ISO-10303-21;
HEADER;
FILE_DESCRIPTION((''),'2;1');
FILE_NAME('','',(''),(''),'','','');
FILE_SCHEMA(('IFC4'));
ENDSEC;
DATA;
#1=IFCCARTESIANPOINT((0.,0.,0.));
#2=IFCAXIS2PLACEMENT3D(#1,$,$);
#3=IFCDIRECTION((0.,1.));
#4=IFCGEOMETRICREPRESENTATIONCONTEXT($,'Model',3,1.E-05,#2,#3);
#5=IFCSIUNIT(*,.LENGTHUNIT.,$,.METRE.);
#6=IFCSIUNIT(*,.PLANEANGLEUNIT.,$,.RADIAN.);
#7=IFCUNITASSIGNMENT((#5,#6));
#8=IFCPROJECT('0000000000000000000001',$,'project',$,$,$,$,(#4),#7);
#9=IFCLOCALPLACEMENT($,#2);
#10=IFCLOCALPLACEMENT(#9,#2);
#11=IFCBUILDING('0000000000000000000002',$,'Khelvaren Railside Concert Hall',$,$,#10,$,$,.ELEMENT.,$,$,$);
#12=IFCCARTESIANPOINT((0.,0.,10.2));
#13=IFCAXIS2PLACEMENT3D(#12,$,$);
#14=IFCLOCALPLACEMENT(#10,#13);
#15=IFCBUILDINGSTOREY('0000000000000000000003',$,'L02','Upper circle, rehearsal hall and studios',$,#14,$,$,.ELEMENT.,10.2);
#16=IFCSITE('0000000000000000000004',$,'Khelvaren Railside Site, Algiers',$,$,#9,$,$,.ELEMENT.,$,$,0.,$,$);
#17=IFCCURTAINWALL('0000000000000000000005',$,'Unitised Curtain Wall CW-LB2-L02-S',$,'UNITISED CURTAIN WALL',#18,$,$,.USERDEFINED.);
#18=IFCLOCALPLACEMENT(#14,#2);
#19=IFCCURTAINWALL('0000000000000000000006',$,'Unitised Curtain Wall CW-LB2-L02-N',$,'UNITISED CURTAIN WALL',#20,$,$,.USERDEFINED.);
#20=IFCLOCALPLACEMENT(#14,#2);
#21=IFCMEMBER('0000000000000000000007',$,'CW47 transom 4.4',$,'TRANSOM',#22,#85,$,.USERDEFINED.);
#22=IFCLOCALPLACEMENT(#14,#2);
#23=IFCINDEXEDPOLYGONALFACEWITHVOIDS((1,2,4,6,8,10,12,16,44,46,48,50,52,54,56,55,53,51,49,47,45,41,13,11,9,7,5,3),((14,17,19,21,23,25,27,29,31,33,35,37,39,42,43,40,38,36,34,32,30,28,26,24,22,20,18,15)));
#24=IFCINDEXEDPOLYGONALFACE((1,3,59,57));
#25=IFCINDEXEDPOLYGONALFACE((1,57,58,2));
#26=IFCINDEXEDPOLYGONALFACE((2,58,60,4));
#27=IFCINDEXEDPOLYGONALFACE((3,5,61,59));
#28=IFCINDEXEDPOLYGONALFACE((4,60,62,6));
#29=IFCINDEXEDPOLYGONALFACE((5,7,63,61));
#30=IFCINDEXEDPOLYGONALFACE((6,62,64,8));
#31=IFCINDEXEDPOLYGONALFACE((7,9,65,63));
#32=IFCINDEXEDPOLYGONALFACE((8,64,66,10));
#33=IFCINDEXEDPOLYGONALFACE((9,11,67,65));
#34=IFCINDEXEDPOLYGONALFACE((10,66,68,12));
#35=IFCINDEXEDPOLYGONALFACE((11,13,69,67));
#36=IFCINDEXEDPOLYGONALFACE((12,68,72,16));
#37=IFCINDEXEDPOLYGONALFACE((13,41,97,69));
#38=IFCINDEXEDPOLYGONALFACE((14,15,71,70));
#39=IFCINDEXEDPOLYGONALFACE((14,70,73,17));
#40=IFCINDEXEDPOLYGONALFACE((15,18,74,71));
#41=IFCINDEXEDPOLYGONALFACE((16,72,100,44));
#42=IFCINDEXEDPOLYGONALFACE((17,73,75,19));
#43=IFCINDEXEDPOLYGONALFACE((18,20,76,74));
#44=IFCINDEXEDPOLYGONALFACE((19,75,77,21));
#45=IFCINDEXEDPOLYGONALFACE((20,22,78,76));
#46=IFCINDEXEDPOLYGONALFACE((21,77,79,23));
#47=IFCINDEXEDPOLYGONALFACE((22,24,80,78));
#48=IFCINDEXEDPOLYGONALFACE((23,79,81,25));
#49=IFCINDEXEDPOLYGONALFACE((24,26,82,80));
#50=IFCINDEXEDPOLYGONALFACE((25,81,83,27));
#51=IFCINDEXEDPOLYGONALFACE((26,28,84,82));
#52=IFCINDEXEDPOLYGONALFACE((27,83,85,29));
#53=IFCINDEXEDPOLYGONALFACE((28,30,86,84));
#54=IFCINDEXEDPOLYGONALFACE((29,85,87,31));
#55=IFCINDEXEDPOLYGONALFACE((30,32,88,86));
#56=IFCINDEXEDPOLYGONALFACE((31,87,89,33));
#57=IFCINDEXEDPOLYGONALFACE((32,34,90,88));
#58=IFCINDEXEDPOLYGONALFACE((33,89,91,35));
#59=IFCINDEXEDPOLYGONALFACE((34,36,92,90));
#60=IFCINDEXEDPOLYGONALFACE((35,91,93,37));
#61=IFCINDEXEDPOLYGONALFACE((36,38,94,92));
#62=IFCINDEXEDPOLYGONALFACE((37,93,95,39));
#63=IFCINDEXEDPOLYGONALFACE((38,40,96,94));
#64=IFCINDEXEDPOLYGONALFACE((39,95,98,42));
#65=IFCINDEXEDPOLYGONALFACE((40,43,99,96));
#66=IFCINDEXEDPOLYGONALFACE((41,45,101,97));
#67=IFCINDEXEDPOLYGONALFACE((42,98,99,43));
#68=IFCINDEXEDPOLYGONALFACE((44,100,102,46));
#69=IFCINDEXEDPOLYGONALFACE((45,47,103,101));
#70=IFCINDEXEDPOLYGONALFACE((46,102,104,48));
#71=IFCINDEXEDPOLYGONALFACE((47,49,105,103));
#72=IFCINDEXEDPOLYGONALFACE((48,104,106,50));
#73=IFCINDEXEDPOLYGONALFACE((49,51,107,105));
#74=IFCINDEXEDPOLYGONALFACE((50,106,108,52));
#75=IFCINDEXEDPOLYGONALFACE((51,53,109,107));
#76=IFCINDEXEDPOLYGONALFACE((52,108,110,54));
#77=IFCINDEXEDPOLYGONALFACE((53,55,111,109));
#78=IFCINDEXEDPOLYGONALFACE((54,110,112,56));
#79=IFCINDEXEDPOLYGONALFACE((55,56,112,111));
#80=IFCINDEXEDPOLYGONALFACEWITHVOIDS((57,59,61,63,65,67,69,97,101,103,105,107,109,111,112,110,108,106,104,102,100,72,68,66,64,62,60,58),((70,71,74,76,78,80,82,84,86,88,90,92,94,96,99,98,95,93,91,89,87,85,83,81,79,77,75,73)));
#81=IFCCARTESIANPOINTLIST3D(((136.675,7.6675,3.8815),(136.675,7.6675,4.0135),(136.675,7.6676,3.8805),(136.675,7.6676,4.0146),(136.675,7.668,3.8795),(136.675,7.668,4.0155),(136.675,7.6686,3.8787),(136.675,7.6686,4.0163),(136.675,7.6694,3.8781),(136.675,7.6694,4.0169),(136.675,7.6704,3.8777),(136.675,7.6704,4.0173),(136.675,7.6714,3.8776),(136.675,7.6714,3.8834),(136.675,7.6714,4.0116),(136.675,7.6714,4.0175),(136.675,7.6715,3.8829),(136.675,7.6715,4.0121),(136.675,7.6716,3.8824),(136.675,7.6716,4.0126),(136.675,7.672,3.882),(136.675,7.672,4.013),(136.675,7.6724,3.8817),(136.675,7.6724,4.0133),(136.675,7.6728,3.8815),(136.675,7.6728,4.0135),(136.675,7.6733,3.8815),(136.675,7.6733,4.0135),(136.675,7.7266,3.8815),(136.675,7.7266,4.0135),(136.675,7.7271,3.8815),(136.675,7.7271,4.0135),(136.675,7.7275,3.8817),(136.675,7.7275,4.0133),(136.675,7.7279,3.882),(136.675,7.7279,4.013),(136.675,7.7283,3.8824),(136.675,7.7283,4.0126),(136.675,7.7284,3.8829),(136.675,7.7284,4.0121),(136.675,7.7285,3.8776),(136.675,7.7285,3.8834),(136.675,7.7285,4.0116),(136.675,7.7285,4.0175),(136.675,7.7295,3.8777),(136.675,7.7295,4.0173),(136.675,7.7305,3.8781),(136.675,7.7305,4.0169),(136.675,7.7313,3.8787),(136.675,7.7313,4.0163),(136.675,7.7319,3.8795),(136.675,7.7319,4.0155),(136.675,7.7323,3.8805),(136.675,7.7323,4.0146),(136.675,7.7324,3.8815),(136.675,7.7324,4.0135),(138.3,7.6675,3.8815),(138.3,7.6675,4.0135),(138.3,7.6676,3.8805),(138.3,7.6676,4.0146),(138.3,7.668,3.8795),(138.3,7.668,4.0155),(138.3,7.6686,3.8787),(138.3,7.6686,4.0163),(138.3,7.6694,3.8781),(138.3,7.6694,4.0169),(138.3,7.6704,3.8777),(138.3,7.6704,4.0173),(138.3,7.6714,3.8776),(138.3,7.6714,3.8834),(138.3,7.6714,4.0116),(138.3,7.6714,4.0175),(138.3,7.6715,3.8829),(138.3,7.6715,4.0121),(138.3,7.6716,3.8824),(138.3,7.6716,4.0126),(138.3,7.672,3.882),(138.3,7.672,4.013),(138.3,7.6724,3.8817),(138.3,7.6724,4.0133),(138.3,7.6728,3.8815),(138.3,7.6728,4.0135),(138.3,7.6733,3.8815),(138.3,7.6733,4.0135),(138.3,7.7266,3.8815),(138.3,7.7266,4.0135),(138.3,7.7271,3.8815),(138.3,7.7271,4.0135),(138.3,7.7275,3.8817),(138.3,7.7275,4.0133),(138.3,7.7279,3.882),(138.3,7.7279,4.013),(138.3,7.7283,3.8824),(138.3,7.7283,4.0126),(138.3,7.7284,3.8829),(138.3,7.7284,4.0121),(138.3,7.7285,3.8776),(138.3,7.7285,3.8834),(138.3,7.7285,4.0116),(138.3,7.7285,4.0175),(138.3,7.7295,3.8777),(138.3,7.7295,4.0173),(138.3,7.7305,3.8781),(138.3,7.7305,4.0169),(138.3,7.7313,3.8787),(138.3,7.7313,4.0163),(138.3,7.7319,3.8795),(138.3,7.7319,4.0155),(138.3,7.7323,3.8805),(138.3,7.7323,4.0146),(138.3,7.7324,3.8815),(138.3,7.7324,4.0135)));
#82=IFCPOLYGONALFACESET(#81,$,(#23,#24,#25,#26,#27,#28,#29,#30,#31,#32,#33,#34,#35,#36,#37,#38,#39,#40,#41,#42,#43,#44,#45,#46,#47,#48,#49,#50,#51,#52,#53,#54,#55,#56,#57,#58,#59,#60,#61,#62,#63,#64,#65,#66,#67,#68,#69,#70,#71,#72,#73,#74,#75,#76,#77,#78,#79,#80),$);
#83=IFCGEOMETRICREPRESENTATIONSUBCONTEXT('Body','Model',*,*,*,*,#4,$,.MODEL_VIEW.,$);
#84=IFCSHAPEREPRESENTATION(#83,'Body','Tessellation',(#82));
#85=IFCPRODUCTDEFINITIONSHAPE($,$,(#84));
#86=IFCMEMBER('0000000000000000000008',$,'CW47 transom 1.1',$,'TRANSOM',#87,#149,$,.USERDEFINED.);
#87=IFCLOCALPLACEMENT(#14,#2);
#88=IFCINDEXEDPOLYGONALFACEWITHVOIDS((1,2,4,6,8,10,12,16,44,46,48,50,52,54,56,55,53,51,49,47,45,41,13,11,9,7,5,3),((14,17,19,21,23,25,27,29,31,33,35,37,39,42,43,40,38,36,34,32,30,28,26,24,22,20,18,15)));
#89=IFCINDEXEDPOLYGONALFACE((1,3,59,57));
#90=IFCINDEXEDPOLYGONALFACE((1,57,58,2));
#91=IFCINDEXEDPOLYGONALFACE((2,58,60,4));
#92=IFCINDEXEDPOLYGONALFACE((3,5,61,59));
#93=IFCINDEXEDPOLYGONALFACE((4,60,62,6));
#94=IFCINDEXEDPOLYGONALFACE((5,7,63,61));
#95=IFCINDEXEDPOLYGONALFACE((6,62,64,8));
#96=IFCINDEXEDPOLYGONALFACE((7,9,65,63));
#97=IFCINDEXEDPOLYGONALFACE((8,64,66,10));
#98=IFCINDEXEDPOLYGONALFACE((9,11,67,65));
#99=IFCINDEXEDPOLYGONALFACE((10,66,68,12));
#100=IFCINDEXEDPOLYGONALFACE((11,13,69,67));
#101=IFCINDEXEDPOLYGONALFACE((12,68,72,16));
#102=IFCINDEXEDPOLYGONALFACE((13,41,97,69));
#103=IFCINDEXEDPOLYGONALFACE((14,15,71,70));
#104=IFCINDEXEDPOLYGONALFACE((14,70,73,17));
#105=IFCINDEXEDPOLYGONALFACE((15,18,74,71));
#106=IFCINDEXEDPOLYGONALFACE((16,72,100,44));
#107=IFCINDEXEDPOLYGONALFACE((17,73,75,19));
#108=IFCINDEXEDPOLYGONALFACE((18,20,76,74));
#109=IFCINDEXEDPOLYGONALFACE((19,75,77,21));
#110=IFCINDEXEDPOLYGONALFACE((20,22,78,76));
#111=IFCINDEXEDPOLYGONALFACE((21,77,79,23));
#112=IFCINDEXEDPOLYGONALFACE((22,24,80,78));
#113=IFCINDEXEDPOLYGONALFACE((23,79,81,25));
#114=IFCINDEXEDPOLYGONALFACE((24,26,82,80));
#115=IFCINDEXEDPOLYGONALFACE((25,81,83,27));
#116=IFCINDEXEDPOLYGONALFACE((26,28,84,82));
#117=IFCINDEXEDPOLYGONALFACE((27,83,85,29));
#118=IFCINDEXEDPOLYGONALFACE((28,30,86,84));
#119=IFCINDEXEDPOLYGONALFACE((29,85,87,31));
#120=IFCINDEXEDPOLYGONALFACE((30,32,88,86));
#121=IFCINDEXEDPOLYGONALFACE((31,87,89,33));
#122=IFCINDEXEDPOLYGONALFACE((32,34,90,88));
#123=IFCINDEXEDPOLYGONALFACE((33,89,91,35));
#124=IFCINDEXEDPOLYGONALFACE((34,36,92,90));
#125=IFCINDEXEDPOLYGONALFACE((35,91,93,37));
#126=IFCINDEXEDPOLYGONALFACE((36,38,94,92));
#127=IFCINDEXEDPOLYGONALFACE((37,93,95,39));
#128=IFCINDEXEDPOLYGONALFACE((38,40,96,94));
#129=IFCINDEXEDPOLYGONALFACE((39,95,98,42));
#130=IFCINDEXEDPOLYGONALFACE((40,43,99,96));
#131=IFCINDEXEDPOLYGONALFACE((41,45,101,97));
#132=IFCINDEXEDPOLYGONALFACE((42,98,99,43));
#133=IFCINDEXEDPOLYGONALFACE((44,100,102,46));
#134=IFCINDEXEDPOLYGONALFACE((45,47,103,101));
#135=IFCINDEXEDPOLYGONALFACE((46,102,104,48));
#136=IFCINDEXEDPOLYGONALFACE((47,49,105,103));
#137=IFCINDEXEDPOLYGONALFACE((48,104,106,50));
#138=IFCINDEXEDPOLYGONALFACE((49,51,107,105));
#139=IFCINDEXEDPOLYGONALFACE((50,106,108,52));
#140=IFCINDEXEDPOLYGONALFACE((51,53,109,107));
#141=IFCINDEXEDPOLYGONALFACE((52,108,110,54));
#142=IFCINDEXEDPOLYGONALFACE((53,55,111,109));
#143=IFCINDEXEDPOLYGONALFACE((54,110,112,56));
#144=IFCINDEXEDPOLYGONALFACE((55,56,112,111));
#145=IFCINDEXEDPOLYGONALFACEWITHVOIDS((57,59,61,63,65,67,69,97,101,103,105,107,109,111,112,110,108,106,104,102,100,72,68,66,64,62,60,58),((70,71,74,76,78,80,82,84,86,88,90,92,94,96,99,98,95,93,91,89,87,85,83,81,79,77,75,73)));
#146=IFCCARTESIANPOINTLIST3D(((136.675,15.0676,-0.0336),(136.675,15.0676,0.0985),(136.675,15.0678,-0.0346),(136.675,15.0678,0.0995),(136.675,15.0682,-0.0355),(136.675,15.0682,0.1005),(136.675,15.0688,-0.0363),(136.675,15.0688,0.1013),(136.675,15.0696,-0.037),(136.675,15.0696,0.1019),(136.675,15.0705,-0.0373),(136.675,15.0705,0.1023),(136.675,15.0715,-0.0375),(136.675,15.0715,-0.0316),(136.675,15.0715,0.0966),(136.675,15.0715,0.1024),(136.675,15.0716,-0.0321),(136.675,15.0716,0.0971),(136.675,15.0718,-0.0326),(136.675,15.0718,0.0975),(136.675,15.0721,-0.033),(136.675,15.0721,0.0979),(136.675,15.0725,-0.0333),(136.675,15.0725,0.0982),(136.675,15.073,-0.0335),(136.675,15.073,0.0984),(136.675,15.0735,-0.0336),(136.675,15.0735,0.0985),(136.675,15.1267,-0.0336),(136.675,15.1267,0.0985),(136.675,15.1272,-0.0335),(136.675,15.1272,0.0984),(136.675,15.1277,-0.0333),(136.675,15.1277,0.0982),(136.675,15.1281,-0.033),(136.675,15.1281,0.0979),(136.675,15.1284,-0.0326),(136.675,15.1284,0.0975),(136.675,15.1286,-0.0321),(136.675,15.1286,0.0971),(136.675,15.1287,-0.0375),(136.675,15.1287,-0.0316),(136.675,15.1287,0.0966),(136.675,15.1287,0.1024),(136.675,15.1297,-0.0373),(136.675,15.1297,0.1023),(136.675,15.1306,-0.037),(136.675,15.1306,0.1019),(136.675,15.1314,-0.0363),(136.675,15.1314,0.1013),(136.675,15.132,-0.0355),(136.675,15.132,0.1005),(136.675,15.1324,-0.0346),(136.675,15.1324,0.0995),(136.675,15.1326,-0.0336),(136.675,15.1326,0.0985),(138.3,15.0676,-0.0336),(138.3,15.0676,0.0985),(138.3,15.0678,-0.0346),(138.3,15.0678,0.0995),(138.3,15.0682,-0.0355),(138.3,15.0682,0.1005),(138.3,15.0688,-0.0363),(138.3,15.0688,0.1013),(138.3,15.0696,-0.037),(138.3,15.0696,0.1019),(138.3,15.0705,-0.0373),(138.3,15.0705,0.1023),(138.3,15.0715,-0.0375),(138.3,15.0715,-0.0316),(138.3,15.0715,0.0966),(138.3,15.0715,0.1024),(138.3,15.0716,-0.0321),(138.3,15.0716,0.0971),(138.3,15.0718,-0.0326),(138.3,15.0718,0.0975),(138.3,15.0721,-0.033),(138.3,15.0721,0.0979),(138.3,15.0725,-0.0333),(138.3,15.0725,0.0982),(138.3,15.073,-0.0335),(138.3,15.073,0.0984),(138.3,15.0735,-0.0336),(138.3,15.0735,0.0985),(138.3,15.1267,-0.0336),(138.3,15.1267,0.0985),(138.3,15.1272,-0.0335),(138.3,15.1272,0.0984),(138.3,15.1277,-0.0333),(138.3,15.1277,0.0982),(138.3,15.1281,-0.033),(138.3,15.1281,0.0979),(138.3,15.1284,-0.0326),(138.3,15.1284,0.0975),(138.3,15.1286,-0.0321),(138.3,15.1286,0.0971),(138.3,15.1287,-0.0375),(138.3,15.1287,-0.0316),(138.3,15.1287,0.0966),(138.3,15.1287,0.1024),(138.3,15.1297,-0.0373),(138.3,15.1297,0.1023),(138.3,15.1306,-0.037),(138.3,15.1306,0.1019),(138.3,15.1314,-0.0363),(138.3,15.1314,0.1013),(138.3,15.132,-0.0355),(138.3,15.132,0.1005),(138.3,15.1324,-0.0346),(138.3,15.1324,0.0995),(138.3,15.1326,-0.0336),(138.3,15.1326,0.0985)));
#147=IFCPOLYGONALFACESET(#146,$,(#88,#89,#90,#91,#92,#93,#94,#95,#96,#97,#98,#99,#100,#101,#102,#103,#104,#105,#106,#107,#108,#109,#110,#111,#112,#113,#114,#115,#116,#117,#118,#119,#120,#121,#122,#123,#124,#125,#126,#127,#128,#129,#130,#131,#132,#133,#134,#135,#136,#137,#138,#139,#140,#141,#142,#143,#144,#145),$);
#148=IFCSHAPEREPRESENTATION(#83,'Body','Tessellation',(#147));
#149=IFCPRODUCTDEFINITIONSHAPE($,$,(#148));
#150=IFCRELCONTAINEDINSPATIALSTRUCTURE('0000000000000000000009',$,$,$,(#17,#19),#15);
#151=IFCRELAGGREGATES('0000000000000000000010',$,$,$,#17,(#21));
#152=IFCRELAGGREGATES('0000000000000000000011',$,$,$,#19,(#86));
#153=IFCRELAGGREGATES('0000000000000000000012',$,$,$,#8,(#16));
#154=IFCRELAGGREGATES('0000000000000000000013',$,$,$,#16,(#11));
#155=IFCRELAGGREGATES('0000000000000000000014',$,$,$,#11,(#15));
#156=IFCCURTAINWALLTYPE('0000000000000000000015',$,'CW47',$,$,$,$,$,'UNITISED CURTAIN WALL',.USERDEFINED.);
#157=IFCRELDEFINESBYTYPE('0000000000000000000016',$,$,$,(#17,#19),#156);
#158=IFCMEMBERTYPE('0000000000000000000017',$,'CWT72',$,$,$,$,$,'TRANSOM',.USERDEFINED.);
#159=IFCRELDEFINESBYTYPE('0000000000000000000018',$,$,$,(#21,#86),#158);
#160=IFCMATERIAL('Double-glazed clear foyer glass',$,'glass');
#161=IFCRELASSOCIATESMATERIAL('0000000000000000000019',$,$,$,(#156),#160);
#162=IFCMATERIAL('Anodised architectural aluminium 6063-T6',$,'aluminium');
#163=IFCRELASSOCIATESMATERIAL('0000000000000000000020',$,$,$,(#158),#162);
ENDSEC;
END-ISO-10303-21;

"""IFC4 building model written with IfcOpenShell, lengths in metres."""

from ifc_helpers import new_model, si_unit, direction, frame, origin, origin_2d, place, context, subcontext, project, spatial, hollow_rectangle, extrude, material, material_profile, profile_set, type_object, element, aggregate, save


model = new_model("IFC4")

# Units and contexts
model_context = context("Model", 3, precision=1e-05, world=origin(), true_north=direction((0.0, 1.0)))
body_context = subcontext(model_context, "Body", "Model", "MODEL_VIEW")
ifc_project = project(units=[si_unit("LENGTHUNIT", "METRE"), si_unit("PLANEANGLEUNIT", "RADIAN")], contexts=[model_context])

# Site, building, storey
site_placement = place(None, origin())
site = spatial("IfcSite", under=ifc_project, at=site_placement, Name="Khelvaren Railside Site, Algiers", CompositionType="ELEMENT", RefElevation=0.0)
building_placement = place(site_placement, origin())
building = spatial("IfcBuilding", under=site, at=building_placement, Name="Khelvaren Railside Concert Hall", CompositionType="ELEMENT")
storey_placement = place(building_placement, frame((0.0, 0.0, 10.2)))
storey = spatial("IfcBuildingStorey", under=building, at=storey_placement, Name="L02", Description="Upper circle, rehearsal hall and studios", CompositionType="ELEMENT", Elevation=10.2)

# Curtain wall
ifc_material_1 = material(Name="Double-glazed clear foyer glass", Category="glass")
curtain_wall_type = type_object("IfcCurtainWallType", Name="CW47", ElementType="UNITISED CURTAIN WALL", PredefinedType="USERDEFINED", material=ifc_material_1)
curtain_wall_1_placement = place(storey_placement, origin())
curtain_wall_1 = element("IfcCurtainWall", 1, at=curtain_wall_1_placement, inside=storey, type_object=curtain_wall_type, Name="Unitised Curtain Wall CW-LB2-L02-S", ObjectType="UNITISED CURTAIN WALL", PredefinedType="USERDEFINED")
ifc_material_2 = material(Name="Anodised architectural aluminium 6063-T6", Category="aluminium")

# Curtain wall
curtain_wall_2_placement = place(storey_placement, origin())
curtain_wall_2 = element("IfcCurtainWall", 2, at=curtain_wall_2_placement, inside=storey, type_object=curtain_wall_type, Name="Unitised Curtain Wall CW-LB2-L02-N", ObjectType="UNITISED CURTAIN WALL", PredefinedType="USERDEFINED")

# Members
ifc_material_profile_1 = material_profile(ifc_material_2, hollow_rectangle(XDim=0.0649, YDim=0.1399, WallThickness=0.0039, InnerFilletRadius=0.002, OuterFilletRadius=0.0039, at=origin_2d()), Name="CWT 65x140x4")
ifc_profile_set_1 = profile_set([ifc_material_profile_1], Name="Anodised architectural aluminium 6063-T6")
member_type_1 = type_object("IfcMemberType", Name="CWT72", ElementType="TRANSOM", PredefinedType="USERDEFINED", material=ifc_profile_set_1)
member_1_placement = place(storey_placement, frame((138.3, 7.7, 3.9475), z_axis=(-1.0, 0.0, 0.0), x_axis=(0.0, -1.0, 0.0)))
member_1 = element("IfcMember", 3, at=member_1_placement, type_object=member_type_1, Name="CW47 transom 4.4", ObjectType="TRANSOM", PredefinedType="USERDEFINED", context=body_context, shape_type="SweptSolid", body=[
    extrude(hollow_rectangle(XDim=0.0649, YDim=0.1399, WallThickness=0.0039, InnerFilletRadius=0.002, OuterFilletRadius=0.0039, at=origin_2d()), origin(), (0.0, 0.0, 1.0), 1.625),
])
member_2_placement = place(storey_placement, frame((136.675, 15.1001, 0.0325), z_axis=(1.0, 0.0, 0.0), x_axis=(0.0, 1.0, 0.0)))
member_2 = element("IfcMember", 4, at=member_2_placement, type_object=member_type_1, Name="CW47 transom 1.1", ObjectType="TRANSOM", PredefinedType="USERDEFINED", context=body_context, shape_type="SweptSolid", body=[
    extrude(hollow_rectangle(XDim=0.0649, YDim=0.1399, WallThickness=0.0039, InnerFilletRadius=0.002, OuterFilletRadius=0.0039, at=origin_2d()), origin(), (0.0, 0.0, 1.0), 1.625),
])

aggregate(curtain_wall_1, [member_1])
aggregate(curtain_wall_2, [member_2])

save(model, "model.ifc")
